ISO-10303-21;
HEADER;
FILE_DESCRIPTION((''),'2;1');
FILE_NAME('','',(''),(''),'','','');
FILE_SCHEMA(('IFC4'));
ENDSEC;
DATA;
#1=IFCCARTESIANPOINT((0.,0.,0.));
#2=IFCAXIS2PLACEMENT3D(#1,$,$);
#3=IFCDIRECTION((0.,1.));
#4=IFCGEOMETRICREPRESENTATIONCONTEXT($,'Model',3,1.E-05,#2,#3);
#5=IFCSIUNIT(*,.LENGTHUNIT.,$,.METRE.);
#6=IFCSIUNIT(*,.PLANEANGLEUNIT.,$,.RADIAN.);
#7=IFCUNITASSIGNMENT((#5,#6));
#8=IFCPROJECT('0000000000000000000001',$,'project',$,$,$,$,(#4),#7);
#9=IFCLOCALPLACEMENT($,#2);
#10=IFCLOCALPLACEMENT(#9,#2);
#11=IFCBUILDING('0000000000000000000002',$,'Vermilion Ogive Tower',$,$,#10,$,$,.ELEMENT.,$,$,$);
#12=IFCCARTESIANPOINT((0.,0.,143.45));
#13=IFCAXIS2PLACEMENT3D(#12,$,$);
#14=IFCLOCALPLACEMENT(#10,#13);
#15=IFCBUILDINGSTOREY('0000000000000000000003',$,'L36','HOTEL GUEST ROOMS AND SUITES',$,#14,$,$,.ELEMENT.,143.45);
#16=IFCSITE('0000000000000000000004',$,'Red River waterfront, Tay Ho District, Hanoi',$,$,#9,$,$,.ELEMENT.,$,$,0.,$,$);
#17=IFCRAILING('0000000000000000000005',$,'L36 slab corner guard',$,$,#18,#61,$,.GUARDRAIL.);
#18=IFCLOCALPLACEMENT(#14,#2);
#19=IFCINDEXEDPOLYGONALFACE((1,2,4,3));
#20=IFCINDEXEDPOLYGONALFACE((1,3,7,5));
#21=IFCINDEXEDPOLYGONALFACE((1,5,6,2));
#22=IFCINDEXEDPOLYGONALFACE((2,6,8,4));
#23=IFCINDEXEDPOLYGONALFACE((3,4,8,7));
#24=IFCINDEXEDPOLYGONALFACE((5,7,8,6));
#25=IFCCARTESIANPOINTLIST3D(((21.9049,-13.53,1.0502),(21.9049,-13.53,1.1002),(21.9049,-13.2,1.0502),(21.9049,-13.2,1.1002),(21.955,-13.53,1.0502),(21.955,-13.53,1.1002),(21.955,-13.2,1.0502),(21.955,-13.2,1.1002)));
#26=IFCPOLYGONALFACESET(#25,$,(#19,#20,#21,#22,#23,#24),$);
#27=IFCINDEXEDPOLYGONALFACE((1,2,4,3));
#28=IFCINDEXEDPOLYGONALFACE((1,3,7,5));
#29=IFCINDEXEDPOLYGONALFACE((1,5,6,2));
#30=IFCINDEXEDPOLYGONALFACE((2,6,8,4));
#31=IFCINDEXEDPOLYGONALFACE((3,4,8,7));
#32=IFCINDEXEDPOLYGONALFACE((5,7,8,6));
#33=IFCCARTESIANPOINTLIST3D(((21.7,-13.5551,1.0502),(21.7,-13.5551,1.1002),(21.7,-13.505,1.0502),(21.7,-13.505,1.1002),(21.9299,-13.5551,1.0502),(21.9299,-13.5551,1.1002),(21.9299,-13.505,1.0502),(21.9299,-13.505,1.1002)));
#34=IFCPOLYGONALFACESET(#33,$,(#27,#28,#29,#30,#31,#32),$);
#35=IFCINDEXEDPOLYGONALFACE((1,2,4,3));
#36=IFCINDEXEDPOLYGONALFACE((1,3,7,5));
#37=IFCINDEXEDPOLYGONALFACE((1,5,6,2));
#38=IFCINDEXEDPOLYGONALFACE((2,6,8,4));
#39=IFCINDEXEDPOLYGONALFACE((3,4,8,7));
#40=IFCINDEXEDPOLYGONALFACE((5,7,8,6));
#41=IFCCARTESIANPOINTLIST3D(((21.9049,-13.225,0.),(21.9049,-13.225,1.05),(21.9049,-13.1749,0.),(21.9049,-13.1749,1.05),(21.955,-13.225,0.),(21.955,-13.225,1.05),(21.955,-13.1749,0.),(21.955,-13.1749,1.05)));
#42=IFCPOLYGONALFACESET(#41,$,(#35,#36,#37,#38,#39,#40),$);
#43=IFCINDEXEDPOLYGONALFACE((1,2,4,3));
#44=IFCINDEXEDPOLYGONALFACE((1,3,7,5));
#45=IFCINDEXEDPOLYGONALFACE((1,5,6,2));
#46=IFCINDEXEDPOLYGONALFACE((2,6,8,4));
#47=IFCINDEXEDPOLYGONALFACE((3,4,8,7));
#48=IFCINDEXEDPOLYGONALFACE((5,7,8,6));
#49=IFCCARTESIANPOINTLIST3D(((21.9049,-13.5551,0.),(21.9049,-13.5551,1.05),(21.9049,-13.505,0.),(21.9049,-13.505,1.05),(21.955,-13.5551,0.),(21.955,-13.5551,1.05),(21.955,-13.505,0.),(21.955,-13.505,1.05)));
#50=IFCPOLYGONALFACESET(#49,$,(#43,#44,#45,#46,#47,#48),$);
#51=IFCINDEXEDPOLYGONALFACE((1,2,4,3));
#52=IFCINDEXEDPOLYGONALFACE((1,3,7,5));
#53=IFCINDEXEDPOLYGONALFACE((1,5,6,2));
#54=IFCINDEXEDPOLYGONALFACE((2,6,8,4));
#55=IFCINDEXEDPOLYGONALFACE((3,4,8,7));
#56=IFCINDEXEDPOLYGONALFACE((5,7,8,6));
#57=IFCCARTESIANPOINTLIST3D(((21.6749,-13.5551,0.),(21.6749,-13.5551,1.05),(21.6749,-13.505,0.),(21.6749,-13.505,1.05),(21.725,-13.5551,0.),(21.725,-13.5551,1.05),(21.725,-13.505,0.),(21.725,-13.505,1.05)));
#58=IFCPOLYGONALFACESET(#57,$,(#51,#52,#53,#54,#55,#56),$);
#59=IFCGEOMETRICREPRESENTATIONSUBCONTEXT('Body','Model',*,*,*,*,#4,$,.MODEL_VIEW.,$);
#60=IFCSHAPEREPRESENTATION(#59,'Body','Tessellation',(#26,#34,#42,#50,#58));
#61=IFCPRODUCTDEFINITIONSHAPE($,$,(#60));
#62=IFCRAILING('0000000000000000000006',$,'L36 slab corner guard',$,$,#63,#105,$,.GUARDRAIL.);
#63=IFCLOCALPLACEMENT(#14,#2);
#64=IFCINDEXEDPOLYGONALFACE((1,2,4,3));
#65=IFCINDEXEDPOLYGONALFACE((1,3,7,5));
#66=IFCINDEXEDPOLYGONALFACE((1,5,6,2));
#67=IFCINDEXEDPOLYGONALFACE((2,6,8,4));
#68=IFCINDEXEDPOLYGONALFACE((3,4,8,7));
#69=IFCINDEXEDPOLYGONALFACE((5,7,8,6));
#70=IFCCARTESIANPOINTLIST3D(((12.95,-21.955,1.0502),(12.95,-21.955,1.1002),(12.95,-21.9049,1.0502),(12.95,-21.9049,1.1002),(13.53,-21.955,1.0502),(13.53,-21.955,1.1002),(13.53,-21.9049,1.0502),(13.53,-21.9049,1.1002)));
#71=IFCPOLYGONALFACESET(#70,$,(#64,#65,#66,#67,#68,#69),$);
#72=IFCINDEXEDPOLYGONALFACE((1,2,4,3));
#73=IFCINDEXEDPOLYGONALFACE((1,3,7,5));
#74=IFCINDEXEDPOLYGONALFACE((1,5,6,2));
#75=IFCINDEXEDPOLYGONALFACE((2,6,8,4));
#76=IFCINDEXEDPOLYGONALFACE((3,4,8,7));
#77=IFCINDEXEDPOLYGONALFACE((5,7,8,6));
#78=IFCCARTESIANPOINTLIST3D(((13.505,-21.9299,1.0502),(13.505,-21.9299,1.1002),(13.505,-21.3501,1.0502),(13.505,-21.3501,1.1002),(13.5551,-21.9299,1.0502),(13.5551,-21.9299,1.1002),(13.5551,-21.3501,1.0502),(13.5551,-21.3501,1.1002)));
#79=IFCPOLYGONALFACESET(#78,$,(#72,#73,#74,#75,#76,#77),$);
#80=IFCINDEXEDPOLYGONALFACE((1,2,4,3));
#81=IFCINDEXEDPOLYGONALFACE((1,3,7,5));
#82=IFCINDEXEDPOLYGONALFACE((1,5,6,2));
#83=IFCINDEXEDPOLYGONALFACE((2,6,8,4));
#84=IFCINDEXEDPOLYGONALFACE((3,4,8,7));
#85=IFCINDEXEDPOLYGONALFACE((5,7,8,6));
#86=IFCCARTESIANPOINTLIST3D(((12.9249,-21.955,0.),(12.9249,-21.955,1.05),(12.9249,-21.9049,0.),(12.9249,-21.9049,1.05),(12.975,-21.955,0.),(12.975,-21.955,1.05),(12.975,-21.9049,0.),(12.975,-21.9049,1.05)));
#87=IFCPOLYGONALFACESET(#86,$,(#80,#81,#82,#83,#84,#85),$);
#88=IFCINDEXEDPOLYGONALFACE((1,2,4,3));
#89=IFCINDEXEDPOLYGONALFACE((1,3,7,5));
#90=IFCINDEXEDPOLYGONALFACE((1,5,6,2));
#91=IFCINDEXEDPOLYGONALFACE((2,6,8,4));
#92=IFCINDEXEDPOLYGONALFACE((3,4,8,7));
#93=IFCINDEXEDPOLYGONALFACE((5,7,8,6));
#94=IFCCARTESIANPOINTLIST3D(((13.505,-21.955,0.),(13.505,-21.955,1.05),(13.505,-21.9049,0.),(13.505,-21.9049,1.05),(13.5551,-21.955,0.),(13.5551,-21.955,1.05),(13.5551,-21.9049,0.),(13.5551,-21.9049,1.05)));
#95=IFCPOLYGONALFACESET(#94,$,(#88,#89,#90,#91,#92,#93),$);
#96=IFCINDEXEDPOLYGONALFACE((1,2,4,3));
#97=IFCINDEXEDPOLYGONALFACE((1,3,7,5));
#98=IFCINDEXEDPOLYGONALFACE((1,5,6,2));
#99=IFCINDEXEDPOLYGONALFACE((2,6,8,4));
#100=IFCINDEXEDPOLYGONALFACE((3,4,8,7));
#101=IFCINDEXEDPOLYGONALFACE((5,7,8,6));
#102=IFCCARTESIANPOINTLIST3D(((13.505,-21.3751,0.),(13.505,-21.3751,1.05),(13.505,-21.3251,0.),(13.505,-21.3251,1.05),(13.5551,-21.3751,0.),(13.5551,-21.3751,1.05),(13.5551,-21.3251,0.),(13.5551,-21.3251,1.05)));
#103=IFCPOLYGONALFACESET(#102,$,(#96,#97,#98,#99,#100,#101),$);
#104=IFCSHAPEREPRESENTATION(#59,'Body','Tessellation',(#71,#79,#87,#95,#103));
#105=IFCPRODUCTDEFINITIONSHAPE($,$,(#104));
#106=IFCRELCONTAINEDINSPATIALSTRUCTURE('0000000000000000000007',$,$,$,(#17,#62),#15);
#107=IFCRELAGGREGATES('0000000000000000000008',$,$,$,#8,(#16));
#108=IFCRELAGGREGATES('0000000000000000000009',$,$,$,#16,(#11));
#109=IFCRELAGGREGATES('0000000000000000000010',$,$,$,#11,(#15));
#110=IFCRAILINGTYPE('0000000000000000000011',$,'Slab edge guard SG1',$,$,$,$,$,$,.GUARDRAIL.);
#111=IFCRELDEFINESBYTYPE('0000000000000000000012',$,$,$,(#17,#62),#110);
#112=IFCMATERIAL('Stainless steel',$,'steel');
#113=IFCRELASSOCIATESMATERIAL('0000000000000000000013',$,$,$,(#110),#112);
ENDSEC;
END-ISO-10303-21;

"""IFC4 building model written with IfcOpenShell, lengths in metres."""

from ifc_helpers import new_model, si_unit, direction, frame, origin, origin_2d, place, context, subcontext, project, spatial, rectangle, extrude, material, type_object, element, save


model = new_model("IFC4")

# Units and contexts
model_context = context("Model", 3, precision=1e-05, world=origin(), true_north=direction((0.0, 1.0)))
body_context = subcontext(model_context, "Body", "Model", "MODEL_VIEW")
ifc_project = project(units=[si_unit("LENGTHUNIT", "METRE"), si_unit("PLANEANGLEUNIT", "RADIAN")], contexts=[model_context])

# Site, building, storey
site_placement = place(None, origin())
site = spatial("IfcSite", under=ifc_project, at=site_placement, Name="Red River waterfront, Tay Ho District, Hanoi", CompositionType="ELEMENT", RefElevation=0.0)
building_placement = place(site_placement, origin())
building = spatial("IfcBuilding", under=site, at=building_placement, Name="Vermilion Ogive Tower", CompositionType="ELEMENT")
storey_placement = place(building_placement, frame((0.0, 0.0, 143.45)))
storey = spatial("IfcBuildingStorey", under=building, at=storey_placement, Name="L36", Description="HOTEL GUEST ROOMS AND SUITES", CompositionType="ELEMENT", Elevation=143.45)

# Railings
ifc_material_1 = material(Name="Stainless steel", Category="steel")
railing_type_1 = type_object("IfcRailingType", Name="Slab edge guard SG1", PredefinedType="GUARDRAIL", material=ifc_material_1)
railing_1_placement = place(storey_placement, frame((21.9299, -13.2, 0.0)))
element("IfcRailing", 1, at=railing_1_placement, inside=storey, type_object=railing_type_1, Name="L36 slab corner guard", PredefinedType="GUARDRAIL", context=body_context, shape_type="SweptSolid", body=[
    extrude(rectangle(XDim=0.05, YDim=0.05, at=origin_2d()), frame((0.0, 0.0, 1.0752), z_axis=(0.0, -1.0, 0.0), x_axis=(1.0, 0.0, 0.0)), (0.0, 0.0, 1.0), 0.3301),
    extrude(rectangle(XDim=0.05, YDim=0.05, at=origin_2d()), frame((0.0, -0.3301, 1.0752), z_axis=(-1.0, 0.0, 0.0), x_axis=(0.0, -1.0, 0.0)), (0.0, 0.0, 1.0), 0.23),
    extrude(rectangle(XDim=0.05, YDim=0.05, at=origin_2d()), origin(), (0.0, 0.0, 1.0), 1.05),
    extrude(rectangle(XDim=0.05, YDim=0.05, at=origin_2d()), frame((0.0, -0.3301, 0.0)), (0.0, 0.0, 1.0), 1.05),
    extrude(rectangle(XDim=0.05, YDim=0.05, at=origin_2d()), frame((-0.23, -0.3301, 0.0)), (0.0, 0.0, 1.0), 1.05),
])
railing_2_placement = place(storey_placement, frame((12.95, -21.9299, 0.0)))
element("IfcRailing", 2, at=railing_2_placement, inside=storey, type_object=railing_type_1, Name="L36 slab corner guard", PredefinedType="GUARDRAIL", context=body_context, shape_type="SweptSolid", body=[
    extrude(rectangle(XDim=0.05, YDim=0.05, at=origin_2d()), frame((0.0, 0.0, 1.0752), z_axis=(1.0, 0.0, 0.0), x_axis=(0.0, 1.0, 0.0)), (0.0, 0.0, 1.0), 0.5801),
    extrude(rectangle(XDim=0.05, YDim=0.05, at=origin_2d()), frame((0.5801, 0.0, 1.0752), z_axis=(0.0, 1.0, 0.0), x_axis=(-1.0, 0.0, 0.0)), (0.0, 0.0, 1.0), 0.5798),
    extrude(rectangle(XDim=0.05, YDim=0.05, at=origin_2d()), origin(), (0.0, 0.0, 1.0), 1.05),
    extrude(rectangle(XDim=0.05, YDim=0.05, at=origin_2d()), frame((0.5801, 0.0, 0.0)), (0.0, 0.0, 1.0), 1.05),
    extrude(rectangle(XDim=0.05, YDim=0.05, at=origin_2d()), frame((0.5801, 0.5798, 0.0)), (0.0, 0.0, 1.0), 1.05),
])

save(model, "model.ifc")
